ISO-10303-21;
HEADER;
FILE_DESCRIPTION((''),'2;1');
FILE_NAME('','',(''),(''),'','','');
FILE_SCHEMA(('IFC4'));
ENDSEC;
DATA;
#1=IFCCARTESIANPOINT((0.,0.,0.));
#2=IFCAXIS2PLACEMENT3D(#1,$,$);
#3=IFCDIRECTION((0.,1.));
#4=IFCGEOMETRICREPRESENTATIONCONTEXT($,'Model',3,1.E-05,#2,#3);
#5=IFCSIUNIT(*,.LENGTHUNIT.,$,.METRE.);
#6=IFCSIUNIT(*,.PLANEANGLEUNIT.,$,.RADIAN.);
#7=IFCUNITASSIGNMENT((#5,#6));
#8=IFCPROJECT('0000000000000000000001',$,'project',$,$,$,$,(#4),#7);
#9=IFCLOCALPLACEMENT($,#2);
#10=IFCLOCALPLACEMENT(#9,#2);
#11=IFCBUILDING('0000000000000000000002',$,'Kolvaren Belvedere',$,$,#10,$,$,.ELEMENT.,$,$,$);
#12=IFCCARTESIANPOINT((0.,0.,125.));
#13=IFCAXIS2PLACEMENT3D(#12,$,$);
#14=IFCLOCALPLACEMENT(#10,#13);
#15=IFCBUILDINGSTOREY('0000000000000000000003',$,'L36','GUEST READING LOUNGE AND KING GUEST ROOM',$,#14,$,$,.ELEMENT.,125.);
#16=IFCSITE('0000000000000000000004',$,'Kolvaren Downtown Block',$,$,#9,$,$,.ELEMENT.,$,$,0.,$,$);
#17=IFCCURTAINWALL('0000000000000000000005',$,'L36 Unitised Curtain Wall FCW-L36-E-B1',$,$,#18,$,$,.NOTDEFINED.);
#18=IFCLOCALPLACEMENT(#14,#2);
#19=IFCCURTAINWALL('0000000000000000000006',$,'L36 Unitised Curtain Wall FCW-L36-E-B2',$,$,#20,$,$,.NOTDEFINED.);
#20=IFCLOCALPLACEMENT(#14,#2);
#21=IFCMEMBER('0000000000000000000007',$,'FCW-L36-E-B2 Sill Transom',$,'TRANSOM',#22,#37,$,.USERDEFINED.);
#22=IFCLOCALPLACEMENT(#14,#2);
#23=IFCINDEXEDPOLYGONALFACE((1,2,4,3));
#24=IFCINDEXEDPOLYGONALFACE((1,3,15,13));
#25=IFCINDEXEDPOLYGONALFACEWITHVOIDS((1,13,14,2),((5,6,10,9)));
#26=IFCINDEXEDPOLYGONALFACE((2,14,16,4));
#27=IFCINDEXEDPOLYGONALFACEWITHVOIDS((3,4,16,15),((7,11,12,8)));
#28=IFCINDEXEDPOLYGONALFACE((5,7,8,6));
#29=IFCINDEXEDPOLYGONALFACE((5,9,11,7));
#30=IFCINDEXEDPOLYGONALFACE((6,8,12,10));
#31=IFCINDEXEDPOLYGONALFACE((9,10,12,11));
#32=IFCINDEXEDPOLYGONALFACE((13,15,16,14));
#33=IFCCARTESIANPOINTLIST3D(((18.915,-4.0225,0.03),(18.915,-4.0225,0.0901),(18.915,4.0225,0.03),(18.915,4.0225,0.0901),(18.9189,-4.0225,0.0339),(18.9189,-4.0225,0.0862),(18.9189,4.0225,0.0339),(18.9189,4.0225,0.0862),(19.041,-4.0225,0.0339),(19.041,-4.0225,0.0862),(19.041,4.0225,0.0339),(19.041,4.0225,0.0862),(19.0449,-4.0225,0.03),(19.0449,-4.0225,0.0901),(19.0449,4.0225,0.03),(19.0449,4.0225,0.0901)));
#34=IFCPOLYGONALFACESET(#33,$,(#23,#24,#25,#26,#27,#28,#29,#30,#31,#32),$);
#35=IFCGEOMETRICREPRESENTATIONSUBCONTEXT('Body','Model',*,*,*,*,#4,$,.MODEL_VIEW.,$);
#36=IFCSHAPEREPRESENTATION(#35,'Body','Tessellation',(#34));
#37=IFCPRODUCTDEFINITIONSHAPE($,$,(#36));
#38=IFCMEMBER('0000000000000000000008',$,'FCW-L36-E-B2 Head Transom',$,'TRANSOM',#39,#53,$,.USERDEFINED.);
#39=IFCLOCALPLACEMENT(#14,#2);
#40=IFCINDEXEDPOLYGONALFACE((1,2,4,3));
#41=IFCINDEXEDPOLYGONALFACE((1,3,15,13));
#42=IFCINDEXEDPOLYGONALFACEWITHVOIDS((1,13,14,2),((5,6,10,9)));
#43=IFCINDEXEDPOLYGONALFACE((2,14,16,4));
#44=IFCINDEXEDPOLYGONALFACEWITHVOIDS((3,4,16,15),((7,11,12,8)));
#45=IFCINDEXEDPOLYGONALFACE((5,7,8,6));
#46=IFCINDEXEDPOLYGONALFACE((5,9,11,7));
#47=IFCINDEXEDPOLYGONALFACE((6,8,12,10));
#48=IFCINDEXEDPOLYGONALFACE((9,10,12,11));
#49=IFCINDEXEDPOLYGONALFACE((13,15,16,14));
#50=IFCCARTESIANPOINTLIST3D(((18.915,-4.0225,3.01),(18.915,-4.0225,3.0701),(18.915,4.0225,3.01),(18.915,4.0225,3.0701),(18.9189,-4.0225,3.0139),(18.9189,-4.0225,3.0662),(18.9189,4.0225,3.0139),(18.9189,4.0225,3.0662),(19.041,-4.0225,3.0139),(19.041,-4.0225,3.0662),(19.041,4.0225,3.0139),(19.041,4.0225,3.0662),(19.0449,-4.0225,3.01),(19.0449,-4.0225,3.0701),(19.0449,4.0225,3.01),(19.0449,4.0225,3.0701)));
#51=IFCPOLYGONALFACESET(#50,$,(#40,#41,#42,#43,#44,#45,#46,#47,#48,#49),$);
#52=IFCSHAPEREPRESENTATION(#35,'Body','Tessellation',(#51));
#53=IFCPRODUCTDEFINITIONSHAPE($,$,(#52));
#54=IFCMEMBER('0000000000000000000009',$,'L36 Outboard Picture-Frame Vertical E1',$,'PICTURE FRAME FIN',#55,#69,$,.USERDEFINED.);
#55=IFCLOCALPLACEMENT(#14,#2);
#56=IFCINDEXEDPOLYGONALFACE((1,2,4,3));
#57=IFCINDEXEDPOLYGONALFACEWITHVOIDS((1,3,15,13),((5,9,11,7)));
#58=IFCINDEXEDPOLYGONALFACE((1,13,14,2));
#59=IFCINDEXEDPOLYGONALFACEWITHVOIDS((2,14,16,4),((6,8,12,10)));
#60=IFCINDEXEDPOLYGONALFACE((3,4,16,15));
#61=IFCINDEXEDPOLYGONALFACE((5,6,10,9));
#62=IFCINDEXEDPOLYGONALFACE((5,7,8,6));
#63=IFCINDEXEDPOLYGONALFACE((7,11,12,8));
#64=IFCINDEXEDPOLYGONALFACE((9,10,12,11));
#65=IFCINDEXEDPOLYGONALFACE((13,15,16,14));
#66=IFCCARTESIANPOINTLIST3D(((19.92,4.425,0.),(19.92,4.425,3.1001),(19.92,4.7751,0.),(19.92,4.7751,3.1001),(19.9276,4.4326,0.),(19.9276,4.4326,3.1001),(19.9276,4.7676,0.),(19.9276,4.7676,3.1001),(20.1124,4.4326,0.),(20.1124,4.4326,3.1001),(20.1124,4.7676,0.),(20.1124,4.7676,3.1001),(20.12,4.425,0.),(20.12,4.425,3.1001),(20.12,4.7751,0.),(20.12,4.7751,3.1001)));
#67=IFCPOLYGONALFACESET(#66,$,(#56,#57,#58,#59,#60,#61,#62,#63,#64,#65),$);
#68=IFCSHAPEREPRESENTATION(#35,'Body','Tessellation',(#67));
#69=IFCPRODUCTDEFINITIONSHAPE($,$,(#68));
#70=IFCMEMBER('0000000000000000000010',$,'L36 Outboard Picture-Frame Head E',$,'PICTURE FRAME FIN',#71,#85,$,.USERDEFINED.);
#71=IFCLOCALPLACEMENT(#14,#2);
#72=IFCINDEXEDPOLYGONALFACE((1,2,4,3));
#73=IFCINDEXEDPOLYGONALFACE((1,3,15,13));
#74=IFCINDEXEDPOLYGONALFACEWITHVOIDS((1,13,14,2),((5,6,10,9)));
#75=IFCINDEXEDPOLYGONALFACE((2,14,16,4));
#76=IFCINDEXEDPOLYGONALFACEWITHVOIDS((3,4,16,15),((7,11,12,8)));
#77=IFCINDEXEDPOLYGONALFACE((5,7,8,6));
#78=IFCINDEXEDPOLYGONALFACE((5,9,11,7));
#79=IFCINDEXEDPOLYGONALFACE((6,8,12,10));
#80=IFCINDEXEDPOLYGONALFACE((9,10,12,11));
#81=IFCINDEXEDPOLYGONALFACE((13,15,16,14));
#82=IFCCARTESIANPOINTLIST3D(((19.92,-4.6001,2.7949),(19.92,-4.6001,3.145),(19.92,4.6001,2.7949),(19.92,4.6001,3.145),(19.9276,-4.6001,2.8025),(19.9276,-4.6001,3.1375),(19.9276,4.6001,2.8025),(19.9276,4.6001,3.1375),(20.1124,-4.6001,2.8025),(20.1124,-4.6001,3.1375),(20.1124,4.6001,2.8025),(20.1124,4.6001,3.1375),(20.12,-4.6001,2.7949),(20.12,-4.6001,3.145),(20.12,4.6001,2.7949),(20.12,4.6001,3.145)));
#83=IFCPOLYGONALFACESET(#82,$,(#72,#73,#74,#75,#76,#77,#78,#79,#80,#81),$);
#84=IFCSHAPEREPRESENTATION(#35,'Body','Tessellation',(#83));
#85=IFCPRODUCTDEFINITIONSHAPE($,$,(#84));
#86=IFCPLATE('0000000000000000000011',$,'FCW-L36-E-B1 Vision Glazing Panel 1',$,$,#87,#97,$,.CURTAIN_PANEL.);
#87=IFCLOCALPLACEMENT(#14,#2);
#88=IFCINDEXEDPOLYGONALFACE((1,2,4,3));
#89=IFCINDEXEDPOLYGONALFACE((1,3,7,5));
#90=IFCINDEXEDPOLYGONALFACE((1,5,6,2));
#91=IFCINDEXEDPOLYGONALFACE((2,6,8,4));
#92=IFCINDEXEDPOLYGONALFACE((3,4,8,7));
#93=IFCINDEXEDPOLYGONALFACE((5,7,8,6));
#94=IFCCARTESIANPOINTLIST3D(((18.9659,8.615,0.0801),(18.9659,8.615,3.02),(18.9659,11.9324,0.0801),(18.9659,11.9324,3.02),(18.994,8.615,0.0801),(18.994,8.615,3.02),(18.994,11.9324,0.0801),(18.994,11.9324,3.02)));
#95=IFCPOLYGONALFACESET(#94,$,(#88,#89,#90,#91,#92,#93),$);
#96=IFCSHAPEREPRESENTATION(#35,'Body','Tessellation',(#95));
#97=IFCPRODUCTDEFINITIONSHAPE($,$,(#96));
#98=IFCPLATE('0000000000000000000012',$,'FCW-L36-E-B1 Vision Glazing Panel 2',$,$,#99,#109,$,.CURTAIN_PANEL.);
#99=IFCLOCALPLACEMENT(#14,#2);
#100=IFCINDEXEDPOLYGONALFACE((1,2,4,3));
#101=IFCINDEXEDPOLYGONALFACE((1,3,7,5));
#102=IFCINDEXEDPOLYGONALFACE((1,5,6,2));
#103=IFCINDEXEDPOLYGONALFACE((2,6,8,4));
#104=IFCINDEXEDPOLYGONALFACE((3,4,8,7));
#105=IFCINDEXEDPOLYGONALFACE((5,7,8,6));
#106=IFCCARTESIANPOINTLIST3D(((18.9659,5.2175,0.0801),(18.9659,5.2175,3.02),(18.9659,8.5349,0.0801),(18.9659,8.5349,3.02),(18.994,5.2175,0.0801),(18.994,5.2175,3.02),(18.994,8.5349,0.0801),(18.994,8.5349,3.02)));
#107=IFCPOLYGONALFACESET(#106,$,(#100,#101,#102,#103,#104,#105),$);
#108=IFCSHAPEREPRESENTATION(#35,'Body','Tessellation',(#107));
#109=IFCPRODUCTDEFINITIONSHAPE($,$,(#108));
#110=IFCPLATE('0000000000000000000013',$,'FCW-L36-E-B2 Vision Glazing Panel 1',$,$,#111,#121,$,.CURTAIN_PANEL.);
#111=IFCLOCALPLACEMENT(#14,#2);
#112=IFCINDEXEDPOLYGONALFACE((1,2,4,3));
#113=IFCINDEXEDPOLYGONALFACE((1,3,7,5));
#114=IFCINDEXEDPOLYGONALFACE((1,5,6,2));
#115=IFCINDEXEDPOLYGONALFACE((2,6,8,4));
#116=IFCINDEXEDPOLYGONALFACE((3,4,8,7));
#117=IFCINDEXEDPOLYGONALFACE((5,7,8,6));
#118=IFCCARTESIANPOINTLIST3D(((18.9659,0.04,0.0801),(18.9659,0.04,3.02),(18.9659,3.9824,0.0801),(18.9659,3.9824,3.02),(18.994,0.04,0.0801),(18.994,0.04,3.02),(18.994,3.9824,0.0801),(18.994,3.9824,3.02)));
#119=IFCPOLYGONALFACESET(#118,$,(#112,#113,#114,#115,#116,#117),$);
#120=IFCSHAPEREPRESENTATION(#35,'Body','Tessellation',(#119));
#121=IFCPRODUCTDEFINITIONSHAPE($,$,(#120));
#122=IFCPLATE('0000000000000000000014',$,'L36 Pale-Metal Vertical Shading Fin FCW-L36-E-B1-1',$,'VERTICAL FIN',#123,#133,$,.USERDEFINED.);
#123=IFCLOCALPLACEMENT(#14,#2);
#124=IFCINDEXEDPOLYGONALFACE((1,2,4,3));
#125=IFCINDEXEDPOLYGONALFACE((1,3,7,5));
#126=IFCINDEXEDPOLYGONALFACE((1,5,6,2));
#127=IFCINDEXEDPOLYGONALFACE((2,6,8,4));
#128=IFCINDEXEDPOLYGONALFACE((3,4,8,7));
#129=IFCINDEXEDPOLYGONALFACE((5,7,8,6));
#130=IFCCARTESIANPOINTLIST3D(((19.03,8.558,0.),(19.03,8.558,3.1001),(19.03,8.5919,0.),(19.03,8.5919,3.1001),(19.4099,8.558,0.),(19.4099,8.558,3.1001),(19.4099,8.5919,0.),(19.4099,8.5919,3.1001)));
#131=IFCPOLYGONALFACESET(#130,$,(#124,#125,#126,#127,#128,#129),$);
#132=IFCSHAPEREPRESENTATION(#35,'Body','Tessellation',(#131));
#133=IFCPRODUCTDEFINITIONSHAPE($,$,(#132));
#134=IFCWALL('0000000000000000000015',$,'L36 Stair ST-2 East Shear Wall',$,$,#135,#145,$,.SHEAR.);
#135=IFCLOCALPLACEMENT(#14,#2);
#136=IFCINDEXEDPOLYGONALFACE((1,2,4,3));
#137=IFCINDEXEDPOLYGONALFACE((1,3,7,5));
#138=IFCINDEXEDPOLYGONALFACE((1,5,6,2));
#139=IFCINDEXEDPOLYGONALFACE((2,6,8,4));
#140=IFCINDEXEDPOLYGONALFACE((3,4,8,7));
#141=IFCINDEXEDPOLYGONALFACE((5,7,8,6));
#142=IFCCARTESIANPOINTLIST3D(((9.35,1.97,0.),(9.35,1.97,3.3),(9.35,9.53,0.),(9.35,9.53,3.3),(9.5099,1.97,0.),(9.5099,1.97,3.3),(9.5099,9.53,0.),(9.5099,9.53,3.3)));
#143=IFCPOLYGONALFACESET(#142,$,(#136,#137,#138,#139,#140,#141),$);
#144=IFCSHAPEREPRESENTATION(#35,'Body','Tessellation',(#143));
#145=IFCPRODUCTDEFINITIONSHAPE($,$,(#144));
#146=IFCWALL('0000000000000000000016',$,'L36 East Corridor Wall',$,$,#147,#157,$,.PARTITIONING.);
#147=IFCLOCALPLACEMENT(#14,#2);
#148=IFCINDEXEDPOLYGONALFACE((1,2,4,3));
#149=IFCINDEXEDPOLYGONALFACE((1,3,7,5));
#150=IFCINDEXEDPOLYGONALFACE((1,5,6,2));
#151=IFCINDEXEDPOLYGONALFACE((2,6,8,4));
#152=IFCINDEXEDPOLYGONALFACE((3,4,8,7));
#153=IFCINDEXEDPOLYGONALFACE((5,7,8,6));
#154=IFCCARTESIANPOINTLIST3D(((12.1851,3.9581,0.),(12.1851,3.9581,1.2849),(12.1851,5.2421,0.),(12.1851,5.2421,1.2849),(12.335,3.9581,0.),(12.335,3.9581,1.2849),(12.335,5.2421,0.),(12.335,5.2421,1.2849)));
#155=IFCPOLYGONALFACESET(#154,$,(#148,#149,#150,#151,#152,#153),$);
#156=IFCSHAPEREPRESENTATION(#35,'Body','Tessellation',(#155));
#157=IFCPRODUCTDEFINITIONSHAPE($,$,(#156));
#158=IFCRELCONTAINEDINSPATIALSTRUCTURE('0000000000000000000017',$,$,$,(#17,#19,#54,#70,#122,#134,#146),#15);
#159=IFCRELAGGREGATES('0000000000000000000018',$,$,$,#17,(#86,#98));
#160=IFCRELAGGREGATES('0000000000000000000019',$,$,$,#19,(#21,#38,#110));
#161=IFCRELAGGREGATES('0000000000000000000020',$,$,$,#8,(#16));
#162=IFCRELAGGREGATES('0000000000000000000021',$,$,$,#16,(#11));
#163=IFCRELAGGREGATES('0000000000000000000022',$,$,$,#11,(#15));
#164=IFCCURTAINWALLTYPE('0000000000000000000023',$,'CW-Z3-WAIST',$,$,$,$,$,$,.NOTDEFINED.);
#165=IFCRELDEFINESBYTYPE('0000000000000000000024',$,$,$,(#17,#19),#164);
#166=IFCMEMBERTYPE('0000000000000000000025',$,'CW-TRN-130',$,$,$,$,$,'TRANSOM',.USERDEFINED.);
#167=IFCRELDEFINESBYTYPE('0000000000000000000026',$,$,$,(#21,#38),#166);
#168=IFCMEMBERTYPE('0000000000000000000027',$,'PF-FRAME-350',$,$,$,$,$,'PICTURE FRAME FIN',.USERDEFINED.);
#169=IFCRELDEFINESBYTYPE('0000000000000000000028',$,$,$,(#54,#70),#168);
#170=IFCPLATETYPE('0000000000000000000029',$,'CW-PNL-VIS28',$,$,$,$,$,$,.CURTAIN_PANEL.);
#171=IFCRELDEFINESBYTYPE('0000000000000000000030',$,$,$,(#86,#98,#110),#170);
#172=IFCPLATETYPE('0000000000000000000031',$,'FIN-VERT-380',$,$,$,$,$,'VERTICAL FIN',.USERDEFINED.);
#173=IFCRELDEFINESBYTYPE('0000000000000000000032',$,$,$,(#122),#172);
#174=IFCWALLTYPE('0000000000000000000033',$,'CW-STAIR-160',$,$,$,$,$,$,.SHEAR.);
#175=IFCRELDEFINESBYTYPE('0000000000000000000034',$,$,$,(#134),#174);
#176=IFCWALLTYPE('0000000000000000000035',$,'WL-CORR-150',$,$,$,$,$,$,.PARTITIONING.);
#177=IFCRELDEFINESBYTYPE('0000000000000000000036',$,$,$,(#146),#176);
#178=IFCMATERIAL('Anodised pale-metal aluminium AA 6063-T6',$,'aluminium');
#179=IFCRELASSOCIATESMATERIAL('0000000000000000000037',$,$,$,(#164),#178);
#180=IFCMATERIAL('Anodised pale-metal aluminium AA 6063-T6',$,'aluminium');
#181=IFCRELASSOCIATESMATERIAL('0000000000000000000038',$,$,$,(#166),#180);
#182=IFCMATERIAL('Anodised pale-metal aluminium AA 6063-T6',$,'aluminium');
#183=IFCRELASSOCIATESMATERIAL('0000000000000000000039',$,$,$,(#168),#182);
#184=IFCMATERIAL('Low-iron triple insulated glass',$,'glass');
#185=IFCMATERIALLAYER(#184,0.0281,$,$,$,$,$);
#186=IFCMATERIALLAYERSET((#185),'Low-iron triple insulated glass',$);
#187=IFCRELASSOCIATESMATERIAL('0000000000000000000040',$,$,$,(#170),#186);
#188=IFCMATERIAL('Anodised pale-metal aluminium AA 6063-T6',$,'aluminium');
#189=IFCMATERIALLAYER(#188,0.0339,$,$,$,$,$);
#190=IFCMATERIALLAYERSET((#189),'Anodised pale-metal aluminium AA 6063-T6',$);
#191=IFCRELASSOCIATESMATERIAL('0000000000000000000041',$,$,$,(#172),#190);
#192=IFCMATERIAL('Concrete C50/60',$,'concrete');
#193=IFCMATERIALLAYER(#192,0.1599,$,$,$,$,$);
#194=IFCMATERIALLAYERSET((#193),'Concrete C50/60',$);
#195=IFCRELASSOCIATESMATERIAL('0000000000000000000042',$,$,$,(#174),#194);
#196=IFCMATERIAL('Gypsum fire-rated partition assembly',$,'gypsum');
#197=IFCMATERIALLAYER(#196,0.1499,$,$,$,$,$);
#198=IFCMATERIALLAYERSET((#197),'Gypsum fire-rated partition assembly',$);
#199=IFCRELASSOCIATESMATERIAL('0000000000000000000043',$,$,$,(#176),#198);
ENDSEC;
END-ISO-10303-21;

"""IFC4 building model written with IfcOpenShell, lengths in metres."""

from ifc_helpers import new_model, si_unit, direction, frame, frame_2d, origin, origin_2d, place, context, subcontext, project, spatial, rectangle, hollow_rectangle, extrude, material, layer, layer_set, material_profile, profile_set, type_object, element, aggregate, save


model = new_model("IFC4")

# Units and contexts
model_context = context("Model", 3, precision=1e-05, world=origin(), true_north=direction((0.0, 1.0)))
body_context = subcontext(model_context, "Body", "Model", "MODEL_VIEW")
ifc_project = project(units=[si_unit("LENGTHUNIT", "METRE"), si_unit("PLANEANGLEUNIT", "RADIAN")], contexts=[model_context])

# Site, building, storey
site_placement = place(None, origin())
site = spatial("IfcSite", under=ifc_project, at=site_placement, Name="Kolvaren Downtown Block", CompositionType="ELEMENT", RefElevation=0.0)
building_placement = place(site_placement, origin())
building = spatial("IfcBuilding", under=site, at=building_placement, Name="Kolvaren Belvedere", CompositionType="ELEMENT")
storey_placement = place(building_placement, frame((0.0, 0.0, 125.0)))
storey = spatial("IfcBuildingStorey", under=building, at=storey_placement, Name="L36", Description="GUEST READING LOUNGE AND KING GUEST ROOM", CompositionType="ELEMENT", Elevation=125.0)

# Curtain walls, members
ifc_material_1 = material(Name="Anodised pale-metal aluminium AA 6063-T6", Category="aluminium")
curtain_wall_type = type_object("IfcCurtainWallType", Name="CW-Z3-WAIST", PredefinedType="NOTDEFINED", material=ifc_material_1)
curtain_wall_1_placement = place(storey_placement, origin())
curtain_wall_1 = element("IfcCurtainWall", 1, at=curtain_wall_1_placement, inside=storey, type_object=curtain_wall_type, Name="L36 Unitised Curtain Wall FCW-L36-E-B1", PredefinedType="NOTDEFINED")
curtain_wall_2_placement = place(storey_placement, origin())
curtain_wall_2 = element("IfcCurtainWall", 2, at=curtain_wall_2_placement, inside=storey, type_object=curtain_wall_type, Name="L36 Unitised Curtain Wall FCW-L36-E-B2", PredefinedType="NOTDEFINED")
ifc_material_2 = material(Name="Anodised pale-metal aluminium AA 6063-T6", Category="aluminium")
ifc_material_profile_1 = material_profile(ifc_material_2, hollow_rectangle(XDim=0.0601, YDim=0.1299, WallThickness=0.0039, at=origin_2d()), Name="ALU-TRN-130X60")
ifc_profile_set_1 = profile_set([ifc_material_profile_1], Name="Anodised pale-metal aluminium AA 6063-T6")
member_type_1 = type_object("IfcMemberType", Name="CW-TRN-130", ElementType="TRANSOM", PredefinedType="USERDEFINED", material=ifc_profile_set_1)
member_1_placement = place(storey_placement, frame((18.98, 4.0225, 0.0601), z_axis=(0.0, -1.0, 0.0), x_axis=(0.0, 0.0, 1.0)))
member_1 = element("IfcMember", 3, at=member_1_placement, type_object=member_type_1, Name="FCW-L36-E-B2 Sill Transom", ObjectType="TRANSOM", PredefinedType="USERDEFINED", context=body_context, shape_type="SweptSolid", body=[
    extrude(hollow_rectangle(XDim=0.0601, YDim=0.1299, WallThickness=0.0039, at=origin_2d()), origin(), (0.0, 0.0, 1.0), 8.0449),
])
member_2_placement = place(storey_placement, frame((18.98, 4.0225, 3.04), z_axis=(0.0, -1.0, 0.0), x_axis=(0.0, 0.0, 1.0)))
member_2 = element("IfcMember", 4, at=member_2_placement, type_object=member_type_1, Name="FCW-L36-E-B2 Head Transom", ObjectType="TRANSOM", PredefinedType="USERDEFINED", context=body_context, shape_type="SweptSolid", body=[
    extrude(hollow_rectangle(XDim=0.0601, YDim=0.1299, WallThickness=0.0039, at=origin_2d()), origin(), (0.0, 0.0, 1.0), 8.0449),
])

# Members
ifc_material_3 = material(Name="Anodised pale-metal aluminium AA 6063-T6", Category="aluminium")
ifc_material_profile_2 = material_profile(ifc_material_3, hollow_rectangle(XDim=0.2, YDim=0.3501, WallThickness=0.0076, at=origin_2d()), Name="ALU-PF-350X200")
ifc_profile_set_2 = profile_set([ifc_material_profile_2], Name="Anodised pale-metal aluminium AA 6063-T6")
member_type_2 = type_object("IfcMemberType", Name="PF-FRAME-350", ElementType="PICTURE FRAME FIN", PredefinedType="USERDEFINED", material=ifc_profile_set_2)
member_3_placement = place(storey_placement, frame((20.02, 4.6001, 0.0), z_axis=(0.0, 0.0, 1.0), x_axis=(1.0, 0.0, 0.0)))
element("IfcMember", 5, at=member_3_placement, inside=storey, type_object=member_type_2, Name="L36 Outboard Picture-Frame Vertical E1", ObjectType="PICTURE FRAME FIN", PredefinedType="USERDEFINED", context=body_context, shape_type="SweptSolid", body=[
    extrude(hollow_rectangle(XDim=0.2, YDim=0.3501, WallThickness=0.0076, at=origin_2d()), origin(), (0.0, 0.0, 1.0), 3.1001),
])
member_4_placement = place(storey_placement, frame((20.02, 4.6001, 2.97), z_axis=(0.0, -1.0, 0.0), x_axis=(1.0, 0.0, 0.0)))
element("IfcMember", 6, at=member_4_placement, inside=storey, type_object=member_type_2, Name="L36 Outboard Picture-Frame Head E", ObjectType="PICTURE FRAME FIN", PredefinedType="USERDEFINED", context=body_context, shape_type="SweptSolid", body=[
    extrude(hollow_rectangle(XDim=0.2, YDim=0.3501, WallThickness=0.0076, at=origin_2d()), origin(), (0.0, 0.0, 1.0), 9.2002),
])

# Plates
ifc_material_4 = material(Name="Low-iron triple insulated glass", Category="glass")
ifc_layer_1 = layer(ifc_material_4, 0.0281)
ifc_layer_set_1 = layer_set([ifc_layer_1], Name="Low-iron triple insulated glass")
plate_type_1 = type_object("IfcPlateType", Name="CW-PNL-VIS28", PredefinedType="CURTAIN_PANEL", material=ifc_layer_set_1)
plate_1_placement = place(storey_placement, frame((18.98, 10.2737, 0.0801), z_axis=(0.0, 0.0, 1.0), x_axis=(0.0, -1.0, 0.0)))
plate_1 = element("IfcPlate", 7, at=plate_1_placement, type_object=plate_type_1, Name="FCW-L36-E-B1 Vision Glazing Panel 1", PredefinedType="CURTAIN_PANEL", context=body_context, shape_type="SweptSolid", body=[
    extrude(rectangle(XDim=3.3174, YDim=0.0281, at=origin_2d()), origin(), (0.0, 0.0, 1.0), 2.9399),
])
plate_2_placement = place(storey_placement, frame((18.98, 6.8762, 0.0801), z_axis=(0.0, 0.0, 1.0), x_axis=(0.0, -1.0, 0.0)))
plate_2 = element("IfcPlate", 8, at=plate_2_placement, type_object=plate_type_1, Name="FCW-L36-E-B1 Vision Glazing Panel 2", PredefinedType="CURTAIN_PANEL", context=body_context, shape_type="SweptSolid", body=[
    extrude(rectangle(XDim=3.3174, YDim=0.0281, at=origin_2d()), origin(), (0.0, 0.0, 1.0), 2.9399),
])
aggregate(curtain_wall_1, [plate_1, plate_2])
plate_3_placement = place(storey_placement, frame((18.98, 2.0112, 0.0801), z_axis=(0.0, 0.0, 1.0), x_axis=(0.0, -1.0, 0.0)))
plate_3 = element("IfcPlate", 9, at=plate_3_placement, type_object=plate_type_1, Name="FCW-L36-E-B2 Vision Glazing Panel 1", PredefinedType="CURTAIN_PANEL", context=body_context, shape_type="SweptSolid", body=[
    extrude(rectangle(XDim=3.9424, YDim=0.0281, at=origin_2d()), origin(), (0.0, 0.0, 1.0), 2.9399),
])
aggregate(curtain_wall_2, [member_1, member_2, plate_3])
ifc_material_5 = material(Name="Anodised pale-metal aluminium AA 6063-T6", Category="aluminium")
ifc_layer_2 = layer(ifc_material_5, 0.0339)
ifc_layer_set_2 = layer_set([ifc_layer_2], Name="Anodised pale-metal aluminium AA 6063-T6")
plate_type_2 = type_object("IfcPlateType", Name="FIN-VERT-380", ElementType="VERTICAL FIN", PredefinedType="USERDEFINED", material=ifc_layer_set_2)
plate_4_placement = place(storey_placement, frame((19.22, 8.575, 0.0), z_axis=(0.0, 0.0, 1.0), x_axis=(1.0, 0.0, 0.0)))
element("IfcPlate", 10, at=plate_4_placement, inside=storey, type_object=plate_type_2, Name="L36 Pale-Metal Vertical Shading Fin FCW-L36-E-B1-1", ObjectType="VERTICAL FIN", PredefinedType="USERDEFINED", context=body_context, shape_type="SweptSolid", body=[
    extrude(rectangle(XDim=0.3799, YDim=0.0339, at=origin_2d()), origin(), (0.0, 0.0, 1.0), 3.1001),
])

# Walls
ifc_material_6 = material(Name="Concrete C50/60", Category="concrete")
ifc_layer_3 = layer(ifc_material_6, 0.1599)
ifc_layer_set_3 = layer_set([ifc_layer_3], Name="Concrete C50/60")
wall_type_1 = type_object("IfcWallType", Name="CW-STAIR-160", PredefinedType="SHEAR", material=ifc_layer_set_3)
wall_1_placement = place(storey_placement, frame((9.4299, 1.97, 0.0), z_axis=(0.0, 0.0, 1.0), x_axis=(0.0, 1.0, 0.0)))
element("IfcWall", 11, at=wall_1_placement, inside=storey, type_object=wall_type_1, Name="L36 Stair ST-2 East Shear Wall", PredefinedType="SHEAR", context=body_context, shape_type="SweptSolid", body=[
    extrude(rectangle(XDim=7.5601, YDim=0.1599, at=frame_2d((3.78, 0.0))), origin(), (0.0, 0.0, 1.0), 3.3),
])
ifc_material_7 = material(Name="Gypsum fire-rated partition assembly", Category="gypsum")
ifc_layer_4 = layer(ifc_material_7, 0.1499)
ifc_layer_set_4 = layer_set([ifc_layer_4], Name="Gypsum fire-rated partition assembly")
wall_type_2 = type_object("IfcWallType", Name="WL-CORR-150", PredefinedType="PARTITIONING", material=ifc_layer_set_4)
wall_2_placement = place(storey_placement, frame((12.26, 3.958, 0.0), z_axis=(0.0, 0.0, 1.0), x_axis=(0.0, 1.0, 0.0)))
element("IfcWall", 12, at=wall_2_placement, inside=storey, type_object=wall_type_2, Name="L36 East Corridor Wall", PredefinedType="PARTITIONING", context=body_context, shape_type="SweptSolid", body=[
    extrude(rectangle(XDim=1.2839, YDim=0.1499, at=frame_2d((0.6421, 0.0))), origin(), (0.0, 0.0, 1.0), 1.2849),
])

save(model, "model.ifc")
